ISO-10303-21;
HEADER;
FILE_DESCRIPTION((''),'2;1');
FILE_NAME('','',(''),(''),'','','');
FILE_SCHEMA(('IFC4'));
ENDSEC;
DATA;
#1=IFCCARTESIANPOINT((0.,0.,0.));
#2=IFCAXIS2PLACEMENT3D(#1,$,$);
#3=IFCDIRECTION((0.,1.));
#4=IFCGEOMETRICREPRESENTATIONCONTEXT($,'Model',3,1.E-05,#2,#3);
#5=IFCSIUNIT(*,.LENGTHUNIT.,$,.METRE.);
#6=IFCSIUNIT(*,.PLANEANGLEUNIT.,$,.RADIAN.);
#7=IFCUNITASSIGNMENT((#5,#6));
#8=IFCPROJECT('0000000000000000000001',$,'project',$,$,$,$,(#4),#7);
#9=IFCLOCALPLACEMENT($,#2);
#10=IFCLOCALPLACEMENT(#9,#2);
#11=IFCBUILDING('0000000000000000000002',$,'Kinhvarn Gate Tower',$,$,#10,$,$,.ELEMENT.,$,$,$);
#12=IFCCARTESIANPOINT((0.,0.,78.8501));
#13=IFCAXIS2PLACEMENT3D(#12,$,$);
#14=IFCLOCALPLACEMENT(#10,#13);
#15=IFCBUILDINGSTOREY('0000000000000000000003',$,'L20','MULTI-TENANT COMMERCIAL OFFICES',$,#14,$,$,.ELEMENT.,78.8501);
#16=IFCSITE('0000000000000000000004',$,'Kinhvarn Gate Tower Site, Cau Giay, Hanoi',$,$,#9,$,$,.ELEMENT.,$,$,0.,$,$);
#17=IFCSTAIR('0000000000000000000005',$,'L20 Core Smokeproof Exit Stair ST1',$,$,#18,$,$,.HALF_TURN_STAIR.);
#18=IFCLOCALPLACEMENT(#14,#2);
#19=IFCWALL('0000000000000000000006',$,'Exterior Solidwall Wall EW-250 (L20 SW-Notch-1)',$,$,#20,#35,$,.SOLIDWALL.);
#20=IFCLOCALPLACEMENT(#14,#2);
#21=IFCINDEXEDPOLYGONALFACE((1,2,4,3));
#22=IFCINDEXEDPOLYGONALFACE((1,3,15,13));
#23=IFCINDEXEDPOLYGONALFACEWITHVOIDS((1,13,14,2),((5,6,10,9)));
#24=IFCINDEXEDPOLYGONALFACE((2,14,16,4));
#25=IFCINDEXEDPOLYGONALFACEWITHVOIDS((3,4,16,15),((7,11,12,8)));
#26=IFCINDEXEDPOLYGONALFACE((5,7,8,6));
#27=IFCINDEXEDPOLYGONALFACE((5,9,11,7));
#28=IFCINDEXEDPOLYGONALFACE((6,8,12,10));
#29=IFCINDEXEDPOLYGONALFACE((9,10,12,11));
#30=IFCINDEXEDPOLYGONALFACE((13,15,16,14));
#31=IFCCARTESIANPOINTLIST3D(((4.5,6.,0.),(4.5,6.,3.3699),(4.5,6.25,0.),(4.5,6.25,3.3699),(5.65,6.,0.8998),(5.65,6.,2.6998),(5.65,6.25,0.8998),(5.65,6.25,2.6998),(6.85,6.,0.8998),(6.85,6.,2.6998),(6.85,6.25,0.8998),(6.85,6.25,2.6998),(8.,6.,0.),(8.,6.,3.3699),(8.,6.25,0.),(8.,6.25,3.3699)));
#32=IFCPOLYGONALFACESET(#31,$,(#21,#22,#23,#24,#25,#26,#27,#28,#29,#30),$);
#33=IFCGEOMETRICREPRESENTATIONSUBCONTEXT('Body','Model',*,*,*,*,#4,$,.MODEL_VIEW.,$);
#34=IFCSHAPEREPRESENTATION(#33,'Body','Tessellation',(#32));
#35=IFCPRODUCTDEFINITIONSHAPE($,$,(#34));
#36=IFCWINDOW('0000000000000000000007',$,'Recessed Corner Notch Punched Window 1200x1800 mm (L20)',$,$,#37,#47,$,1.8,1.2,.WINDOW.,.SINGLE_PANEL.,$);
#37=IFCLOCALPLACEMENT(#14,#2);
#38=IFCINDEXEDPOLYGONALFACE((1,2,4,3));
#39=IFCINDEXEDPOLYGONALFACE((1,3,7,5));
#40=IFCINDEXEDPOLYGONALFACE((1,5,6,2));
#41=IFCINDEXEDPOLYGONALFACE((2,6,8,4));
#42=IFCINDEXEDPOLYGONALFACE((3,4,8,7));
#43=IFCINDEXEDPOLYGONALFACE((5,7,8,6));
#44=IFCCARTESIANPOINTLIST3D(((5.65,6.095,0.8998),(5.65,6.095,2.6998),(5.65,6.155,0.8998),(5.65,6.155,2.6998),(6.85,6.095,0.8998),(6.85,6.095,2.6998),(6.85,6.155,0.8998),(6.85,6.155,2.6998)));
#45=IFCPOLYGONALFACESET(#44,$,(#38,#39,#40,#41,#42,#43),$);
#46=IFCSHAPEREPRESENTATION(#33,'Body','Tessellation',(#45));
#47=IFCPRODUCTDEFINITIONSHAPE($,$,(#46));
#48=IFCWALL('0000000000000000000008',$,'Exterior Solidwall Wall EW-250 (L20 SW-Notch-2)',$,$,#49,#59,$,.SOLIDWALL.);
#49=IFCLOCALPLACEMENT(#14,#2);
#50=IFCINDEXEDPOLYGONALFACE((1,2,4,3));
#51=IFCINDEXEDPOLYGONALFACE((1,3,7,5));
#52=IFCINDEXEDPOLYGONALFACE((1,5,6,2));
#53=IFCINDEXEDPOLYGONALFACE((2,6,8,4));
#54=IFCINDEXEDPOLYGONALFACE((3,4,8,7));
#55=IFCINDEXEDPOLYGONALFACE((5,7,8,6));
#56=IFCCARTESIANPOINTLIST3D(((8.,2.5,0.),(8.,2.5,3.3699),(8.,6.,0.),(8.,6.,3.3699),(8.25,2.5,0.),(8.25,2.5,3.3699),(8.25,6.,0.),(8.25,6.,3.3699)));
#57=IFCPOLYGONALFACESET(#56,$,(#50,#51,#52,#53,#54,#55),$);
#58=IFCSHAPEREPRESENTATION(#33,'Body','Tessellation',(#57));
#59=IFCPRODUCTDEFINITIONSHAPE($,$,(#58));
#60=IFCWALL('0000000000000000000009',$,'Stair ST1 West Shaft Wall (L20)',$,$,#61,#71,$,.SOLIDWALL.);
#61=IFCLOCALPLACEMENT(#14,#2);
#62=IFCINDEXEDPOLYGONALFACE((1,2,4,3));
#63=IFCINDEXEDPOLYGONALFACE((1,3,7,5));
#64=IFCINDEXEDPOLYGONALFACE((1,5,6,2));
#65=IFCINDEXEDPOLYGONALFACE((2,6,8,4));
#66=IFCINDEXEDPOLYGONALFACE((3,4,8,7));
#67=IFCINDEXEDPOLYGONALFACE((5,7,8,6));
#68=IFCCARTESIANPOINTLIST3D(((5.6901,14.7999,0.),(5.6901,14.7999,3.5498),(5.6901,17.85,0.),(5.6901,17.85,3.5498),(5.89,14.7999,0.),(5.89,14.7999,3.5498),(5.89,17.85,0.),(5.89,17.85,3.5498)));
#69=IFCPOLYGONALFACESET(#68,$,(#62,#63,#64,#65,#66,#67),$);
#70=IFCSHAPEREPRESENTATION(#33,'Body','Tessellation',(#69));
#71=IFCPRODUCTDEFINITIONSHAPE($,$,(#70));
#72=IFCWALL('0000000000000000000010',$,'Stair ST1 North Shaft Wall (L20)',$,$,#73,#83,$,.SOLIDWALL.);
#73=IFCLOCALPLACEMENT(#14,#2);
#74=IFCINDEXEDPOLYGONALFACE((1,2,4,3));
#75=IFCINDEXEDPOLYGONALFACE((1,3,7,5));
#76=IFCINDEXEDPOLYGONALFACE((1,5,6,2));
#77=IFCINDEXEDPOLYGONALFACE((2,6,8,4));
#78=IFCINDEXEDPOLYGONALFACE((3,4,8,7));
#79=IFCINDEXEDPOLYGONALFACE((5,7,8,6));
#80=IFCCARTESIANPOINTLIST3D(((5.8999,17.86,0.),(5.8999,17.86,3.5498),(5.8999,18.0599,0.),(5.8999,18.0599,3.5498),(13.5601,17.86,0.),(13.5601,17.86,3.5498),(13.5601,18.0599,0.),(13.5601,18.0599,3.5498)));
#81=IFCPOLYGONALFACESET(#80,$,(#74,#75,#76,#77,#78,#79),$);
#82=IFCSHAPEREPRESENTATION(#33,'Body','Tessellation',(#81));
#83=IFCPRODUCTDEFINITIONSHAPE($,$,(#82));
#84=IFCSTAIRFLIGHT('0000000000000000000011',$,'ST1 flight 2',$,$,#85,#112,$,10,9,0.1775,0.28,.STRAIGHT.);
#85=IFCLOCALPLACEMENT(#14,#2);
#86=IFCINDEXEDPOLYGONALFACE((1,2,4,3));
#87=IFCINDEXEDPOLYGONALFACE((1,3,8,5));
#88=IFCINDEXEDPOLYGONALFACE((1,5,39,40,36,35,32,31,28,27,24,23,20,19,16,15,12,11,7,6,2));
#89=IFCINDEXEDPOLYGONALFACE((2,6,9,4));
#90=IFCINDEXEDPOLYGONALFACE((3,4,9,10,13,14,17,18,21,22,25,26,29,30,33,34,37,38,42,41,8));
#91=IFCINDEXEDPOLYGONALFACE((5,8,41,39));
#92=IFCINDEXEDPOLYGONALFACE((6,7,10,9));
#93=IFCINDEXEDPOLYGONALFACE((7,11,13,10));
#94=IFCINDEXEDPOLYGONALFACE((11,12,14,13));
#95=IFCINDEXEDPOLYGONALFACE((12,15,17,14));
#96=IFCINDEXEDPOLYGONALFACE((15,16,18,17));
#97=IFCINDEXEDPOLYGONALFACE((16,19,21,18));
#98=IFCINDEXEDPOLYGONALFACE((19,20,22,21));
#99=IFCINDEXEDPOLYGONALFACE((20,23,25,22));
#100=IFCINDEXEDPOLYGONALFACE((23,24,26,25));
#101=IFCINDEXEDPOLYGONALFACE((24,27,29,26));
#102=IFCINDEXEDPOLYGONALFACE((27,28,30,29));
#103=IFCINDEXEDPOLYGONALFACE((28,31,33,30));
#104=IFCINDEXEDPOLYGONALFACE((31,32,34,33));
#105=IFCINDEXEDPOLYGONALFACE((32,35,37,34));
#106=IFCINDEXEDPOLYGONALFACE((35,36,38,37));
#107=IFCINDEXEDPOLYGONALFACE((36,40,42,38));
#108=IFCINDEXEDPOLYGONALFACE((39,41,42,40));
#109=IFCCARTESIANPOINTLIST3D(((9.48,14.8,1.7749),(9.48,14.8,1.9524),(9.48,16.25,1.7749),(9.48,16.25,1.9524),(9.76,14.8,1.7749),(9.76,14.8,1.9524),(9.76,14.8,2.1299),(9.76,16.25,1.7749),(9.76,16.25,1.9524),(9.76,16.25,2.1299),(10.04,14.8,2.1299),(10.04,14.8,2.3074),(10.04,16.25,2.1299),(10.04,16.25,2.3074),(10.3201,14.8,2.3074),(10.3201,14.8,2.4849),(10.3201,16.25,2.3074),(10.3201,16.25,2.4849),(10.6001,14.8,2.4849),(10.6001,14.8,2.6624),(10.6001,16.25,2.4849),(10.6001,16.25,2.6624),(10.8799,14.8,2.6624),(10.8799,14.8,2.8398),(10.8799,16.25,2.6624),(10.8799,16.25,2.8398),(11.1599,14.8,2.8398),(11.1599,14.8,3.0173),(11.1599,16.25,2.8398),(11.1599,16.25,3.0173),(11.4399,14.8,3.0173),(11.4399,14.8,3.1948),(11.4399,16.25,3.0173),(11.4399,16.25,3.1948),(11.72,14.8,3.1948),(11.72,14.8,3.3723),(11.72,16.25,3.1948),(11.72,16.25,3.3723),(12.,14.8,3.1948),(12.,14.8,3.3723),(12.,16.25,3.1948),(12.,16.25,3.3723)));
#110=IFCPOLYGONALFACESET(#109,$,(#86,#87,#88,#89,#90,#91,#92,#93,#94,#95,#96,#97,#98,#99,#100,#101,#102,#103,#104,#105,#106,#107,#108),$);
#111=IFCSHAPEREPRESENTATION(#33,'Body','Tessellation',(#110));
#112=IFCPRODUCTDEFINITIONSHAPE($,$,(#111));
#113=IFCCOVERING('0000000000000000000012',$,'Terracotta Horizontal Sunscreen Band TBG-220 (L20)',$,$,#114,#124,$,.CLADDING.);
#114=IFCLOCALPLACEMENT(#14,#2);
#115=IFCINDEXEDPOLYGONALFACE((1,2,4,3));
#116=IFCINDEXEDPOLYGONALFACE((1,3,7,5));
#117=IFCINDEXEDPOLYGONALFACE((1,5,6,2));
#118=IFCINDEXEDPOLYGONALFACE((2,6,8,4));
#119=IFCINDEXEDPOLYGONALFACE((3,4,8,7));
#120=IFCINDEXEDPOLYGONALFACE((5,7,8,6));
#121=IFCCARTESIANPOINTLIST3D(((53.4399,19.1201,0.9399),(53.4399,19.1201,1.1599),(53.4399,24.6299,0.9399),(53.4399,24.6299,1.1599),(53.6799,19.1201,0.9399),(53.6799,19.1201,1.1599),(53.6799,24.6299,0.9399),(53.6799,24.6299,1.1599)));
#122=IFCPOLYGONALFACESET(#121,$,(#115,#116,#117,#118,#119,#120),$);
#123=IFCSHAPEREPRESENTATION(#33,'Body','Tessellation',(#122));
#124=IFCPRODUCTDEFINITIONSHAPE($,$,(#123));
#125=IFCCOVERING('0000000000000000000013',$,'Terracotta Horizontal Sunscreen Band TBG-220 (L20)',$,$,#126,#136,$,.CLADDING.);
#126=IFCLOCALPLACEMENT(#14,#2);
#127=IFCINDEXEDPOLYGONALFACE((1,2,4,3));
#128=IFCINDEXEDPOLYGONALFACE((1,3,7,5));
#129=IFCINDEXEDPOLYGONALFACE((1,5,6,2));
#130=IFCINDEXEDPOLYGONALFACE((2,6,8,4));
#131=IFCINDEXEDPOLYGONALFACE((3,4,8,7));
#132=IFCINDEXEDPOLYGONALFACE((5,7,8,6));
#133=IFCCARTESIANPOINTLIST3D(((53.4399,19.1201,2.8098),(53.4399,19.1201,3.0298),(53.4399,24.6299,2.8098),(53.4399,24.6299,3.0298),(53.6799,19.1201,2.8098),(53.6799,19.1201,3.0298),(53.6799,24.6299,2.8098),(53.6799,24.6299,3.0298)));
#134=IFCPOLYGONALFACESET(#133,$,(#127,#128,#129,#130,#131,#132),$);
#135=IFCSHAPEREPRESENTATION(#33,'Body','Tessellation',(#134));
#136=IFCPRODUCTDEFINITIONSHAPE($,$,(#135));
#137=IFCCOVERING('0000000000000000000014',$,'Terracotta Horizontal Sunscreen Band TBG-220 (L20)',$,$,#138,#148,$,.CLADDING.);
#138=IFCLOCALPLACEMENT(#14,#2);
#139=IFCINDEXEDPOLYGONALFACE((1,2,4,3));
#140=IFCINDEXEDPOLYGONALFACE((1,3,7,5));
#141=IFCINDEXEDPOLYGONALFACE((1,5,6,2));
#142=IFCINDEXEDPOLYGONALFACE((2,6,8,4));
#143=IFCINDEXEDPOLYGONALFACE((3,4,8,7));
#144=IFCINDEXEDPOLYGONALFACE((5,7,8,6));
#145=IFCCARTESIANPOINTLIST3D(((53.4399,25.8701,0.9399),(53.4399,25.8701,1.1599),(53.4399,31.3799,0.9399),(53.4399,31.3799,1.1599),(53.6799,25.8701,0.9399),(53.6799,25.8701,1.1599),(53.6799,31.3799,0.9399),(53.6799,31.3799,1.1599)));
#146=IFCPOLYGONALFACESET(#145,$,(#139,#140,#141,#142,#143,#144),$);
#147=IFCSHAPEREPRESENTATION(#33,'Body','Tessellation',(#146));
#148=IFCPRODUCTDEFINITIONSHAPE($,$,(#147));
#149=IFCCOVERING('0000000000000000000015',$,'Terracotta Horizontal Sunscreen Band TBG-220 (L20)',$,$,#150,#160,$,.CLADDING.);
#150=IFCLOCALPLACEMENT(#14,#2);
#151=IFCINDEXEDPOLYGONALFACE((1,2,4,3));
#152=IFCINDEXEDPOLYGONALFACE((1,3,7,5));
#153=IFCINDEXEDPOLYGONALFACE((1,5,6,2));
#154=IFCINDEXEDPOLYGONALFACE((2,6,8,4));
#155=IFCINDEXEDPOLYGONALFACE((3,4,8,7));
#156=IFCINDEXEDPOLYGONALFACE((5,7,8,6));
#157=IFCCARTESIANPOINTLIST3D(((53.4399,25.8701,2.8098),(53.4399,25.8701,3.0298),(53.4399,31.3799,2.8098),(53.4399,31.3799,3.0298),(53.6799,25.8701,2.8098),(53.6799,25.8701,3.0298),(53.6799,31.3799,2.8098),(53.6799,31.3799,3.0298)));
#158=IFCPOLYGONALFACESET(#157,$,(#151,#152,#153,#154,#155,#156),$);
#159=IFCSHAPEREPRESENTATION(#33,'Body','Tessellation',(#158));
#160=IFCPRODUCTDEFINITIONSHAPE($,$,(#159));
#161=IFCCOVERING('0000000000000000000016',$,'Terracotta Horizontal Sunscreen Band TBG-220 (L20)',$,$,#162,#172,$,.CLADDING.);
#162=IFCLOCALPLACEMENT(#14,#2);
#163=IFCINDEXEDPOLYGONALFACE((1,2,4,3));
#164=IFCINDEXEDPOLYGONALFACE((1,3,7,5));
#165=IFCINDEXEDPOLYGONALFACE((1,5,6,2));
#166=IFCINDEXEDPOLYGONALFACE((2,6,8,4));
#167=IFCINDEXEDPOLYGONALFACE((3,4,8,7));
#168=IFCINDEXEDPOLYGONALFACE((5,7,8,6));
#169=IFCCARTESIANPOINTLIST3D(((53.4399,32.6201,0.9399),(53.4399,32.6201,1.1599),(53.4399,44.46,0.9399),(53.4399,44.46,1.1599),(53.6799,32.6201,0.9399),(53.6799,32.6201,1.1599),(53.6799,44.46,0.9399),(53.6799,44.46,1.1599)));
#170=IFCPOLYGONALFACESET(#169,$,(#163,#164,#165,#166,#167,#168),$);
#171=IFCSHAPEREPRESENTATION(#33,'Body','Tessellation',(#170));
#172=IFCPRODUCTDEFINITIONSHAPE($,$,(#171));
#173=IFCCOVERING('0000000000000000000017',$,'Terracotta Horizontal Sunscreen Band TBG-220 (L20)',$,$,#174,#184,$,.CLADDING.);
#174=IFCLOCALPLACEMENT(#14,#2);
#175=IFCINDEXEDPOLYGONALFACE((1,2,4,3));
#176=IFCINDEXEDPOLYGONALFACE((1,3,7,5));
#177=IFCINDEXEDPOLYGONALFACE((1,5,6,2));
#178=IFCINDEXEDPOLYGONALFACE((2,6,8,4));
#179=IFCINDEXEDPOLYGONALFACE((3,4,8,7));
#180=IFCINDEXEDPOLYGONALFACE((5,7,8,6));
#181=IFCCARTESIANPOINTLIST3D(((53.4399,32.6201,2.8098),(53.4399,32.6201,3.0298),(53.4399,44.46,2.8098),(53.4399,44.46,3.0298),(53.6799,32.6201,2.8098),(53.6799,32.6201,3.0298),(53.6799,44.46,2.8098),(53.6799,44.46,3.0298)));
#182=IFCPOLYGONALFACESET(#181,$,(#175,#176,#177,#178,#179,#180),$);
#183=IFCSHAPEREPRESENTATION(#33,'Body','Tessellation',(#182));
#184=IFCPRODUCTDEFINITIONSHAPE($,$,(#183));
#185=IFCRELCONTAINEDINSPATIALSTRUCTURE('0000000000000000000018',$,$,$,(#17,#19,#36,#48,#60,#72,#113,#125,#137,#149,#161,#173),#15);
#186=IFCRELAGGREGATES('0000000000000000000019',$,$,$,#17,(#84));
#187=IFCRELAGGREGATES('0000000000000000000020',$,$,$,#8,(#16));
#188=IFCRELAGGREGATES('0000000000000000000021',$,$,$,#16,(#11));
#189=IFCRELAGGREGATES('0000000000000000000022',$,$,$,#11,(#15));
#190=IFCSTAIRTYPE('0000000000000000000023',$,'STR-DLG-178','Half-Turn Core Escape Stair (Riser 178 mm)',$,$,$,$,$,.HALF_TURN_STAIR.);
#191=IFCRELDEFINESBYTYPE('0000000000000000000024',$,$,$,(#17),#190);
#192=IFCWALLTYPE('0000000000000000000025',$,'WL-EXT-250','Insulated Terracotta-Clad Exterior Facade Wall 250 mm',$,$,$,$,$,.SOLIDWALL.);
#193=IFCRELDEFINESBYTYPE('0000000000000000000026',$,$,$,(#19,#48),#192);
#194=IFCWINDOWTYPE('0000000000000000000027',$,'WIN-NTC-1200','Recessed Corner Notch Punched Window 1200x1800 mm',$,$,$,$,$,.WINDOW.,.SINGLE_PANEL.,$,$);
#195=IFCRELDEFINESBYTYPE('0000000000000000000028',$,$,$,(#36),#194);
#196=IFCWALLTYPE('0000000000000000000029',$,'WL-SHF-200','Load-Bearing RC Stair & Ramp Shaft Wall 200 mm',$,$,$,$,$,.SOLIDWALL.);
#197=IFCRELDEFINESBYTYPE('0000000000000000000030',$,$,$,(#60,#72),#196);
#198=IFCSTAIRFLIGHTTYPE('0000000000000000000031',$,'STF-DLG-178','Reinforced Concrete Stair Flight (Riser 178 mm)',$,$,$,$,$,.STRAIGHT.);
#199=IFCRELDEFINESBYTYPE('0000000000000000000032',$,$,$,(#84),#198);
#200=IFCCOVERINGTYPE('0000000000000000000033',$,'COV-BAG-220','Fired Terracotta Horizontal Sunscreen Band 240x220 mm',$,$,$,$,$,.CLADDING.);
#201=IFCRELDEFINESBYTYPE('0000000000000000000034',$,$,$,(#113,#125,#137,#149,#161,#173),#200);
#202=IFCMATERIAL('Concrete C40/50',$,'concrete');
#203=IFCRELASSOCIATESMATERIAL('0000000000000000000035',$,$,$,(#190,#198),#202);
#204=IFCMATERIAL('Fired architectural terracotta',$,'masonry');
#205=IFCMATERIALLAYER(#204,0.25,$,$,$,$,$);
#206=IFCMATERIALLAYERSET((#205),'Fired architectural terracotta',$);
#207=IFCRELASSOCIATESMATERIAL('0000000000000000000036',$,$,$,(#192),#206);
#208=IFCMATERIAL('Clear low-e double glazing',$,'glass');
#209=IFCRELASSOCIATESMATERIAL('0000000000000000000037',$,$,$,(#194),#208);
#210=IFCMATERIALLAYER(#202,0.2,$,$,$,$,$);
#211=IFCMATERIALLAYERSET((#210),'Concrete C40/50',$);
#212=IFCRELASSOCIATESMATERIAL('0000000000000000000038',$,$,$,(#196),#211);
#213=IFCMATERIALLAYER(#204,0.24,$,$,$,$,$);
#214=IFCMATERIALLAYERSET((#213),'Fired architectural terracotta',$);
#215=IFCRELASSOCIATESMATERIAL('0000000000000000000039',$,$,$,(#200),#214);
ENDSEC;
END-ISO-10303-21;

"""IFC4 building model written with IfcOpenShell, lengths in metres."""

from ifc_helpers import new_model, si_unit, direction, frame, frame_2d, origin, place, context, subcontext, project, spatial, polyline, rectangle, outline, extrude, material, layer, layer_set, type_object, element, fill, aggregate, save


model = new_model("IFC4")

# Units and contexts
model_context = context("Model", 3, precision=1e-05, world=origin(), true_north=direction((0.0, 1.0)))
body_context = subcontext(model_context, "Body", "Model", "MODEL_VIEW")
ifc_project = project(units=[si_unit("LENGTHUNIT", "METRE"), si_unit("PLANEANGLEUNIT", "RADIAN")], contexts=[model_context])

# Site, building, storey
site_placement = place(None, origin())
site = spatial("IfcSite", under=ifc_project, at=site_placement, Name="Kinhvarn Gate Tower Site, Cau Giay, Hanoi", CompositionType="ELEMENT", RefElevation=0.0)
building_placement = place(site_placement, origin())
building = spatial("IfcBuilding", under=site, at=building_placement, Name="Kinhvarn Gate Tower", CompositionType="ELEMENT")
storey_placement = place(building_placement, frame((0.0, 0.0, 78.8501)))
storey = spatial("IfcBuildingStorey", under=building, at=storey_placement, Name="L20", Description="MULTI-TENANT COMMERCIAL OFFICES", CompositionType="ELEMENT", Elevation=78.8501)

# Shared definitions
ifc_material_1 = material(Name="Clear low-e double glazing", Category="glass")

# Stair
ifc_material_2 = material(Name="Concrete C40/50", Category="concrete")
stair_type = type_object("IfcStairType", Name="STR-DLG-178", Description="Half-Turn Core Escape Stair (Riser 178 mm)", PredefinedType="HALF_TURN_STAIR", material=ifc_material_2)
stair_1_placement = place(storey_placement, origin())
stair_1 = element("IfcStair", 1, at=stair_1_placement, inside=storey, type_object=stair_type, Name="L20 Core Smokeproof Exit Stair ST1", PredefinedType="HALF_TURN_STAIR")

# Wall, opening, window
ifc_material_3 = material(Name="Fired architectural terracotta", Category="masonry")
ifc_layer_1 = layer(ifc_material_3, 0.25)
ifc_layer_set_1 = layer_set([ifc_layer_1], Name="Fired architectural terracotta")
wall_type_1 = type_object("IfcWallType", Name="WL-EXT-250", Description="Insulated Terracotta-Clad Exterior Facade Wall 250 mm", PredefinedType="SOLIDWALL", material=ifc_layer_set_1)
wall_1_placement = place(storey_placement, frame((4.5, 6.125, 0.0), z_axis=(0.0, 0.0, 1.0), x_axis=(1.0, 0.0, 0.0)))
wall_1 = element("IfcWall", 2, at=wall_1_placement, inside=storey, type_object=wall_type_1, Name="Exterior Solidwall Wall EW-250 (L20 SW-Notch-1)", PredefinedType="SOLIDWALL", context=body_context, shape_type="SweptSolid", body=[
    extrude(rectangle(XDim=3.5, YDim=0.25, at=frame_2d((1.75, 0.0))), origin(), (0.0, 0.0, 1.0), 3.3699),
])
opening_1_placement = place(wall_1_placement, frame((1.1499, 0.0, 0.8999)))
opening_1 = element("IfcOpeningElement", 3, at=opening_1_placement, cuts=wall_1, PredefinedType="OPENING", context=body_context, shape_type="SweptSolid", body=[
    extrude(rectangle(XDim=1.2, YDim=1.8, at=frame_2d((0.6001, 0.8999))), frame((0.0, 0.135, 0.0), z_axis=(0.0, -1.0, 0.0), x_axis=(1.0, 0.0, 0.0)), (0.0, 0.0, 1.0), 0.27),
])
window_type_1 = type_object("IfcWindowType", Name="WIN-NTC-1200", Description="Recessed Corner Notch Punched Window 1200x1800 mm", PartitioningType="SINGLE_PANEL", PredefinedType="WINDOW", material=ifc_material_1)
window_1_placement = place(opening_1_placement, origin())
window_1 = element("IfcWindow", 4, at=window_1_placement, inside=storey, type_object=window_type_1, Name="Recessed Corner Notch Punched Window 1200x1800 mm (L20)", OverallHeight=1.8, OverallWidth=1.2, PartitioningType="SINGLE_PANEL", PredefinedType="WINDOW", context=body_context, shape_type="SweptSolid", body=[
    extrude(rectangle(XDim=1.2, YDim=1.8, at=frame_2d((0.6001, 0.8999))), frame((0.0, 0.03, 0.0), z_axis=(0.0, -1.0, 0.0), x_axis=(1.0, 0.0, 0.0)), (0.0, 0.0, 1.0), 0.0601),
])
fill(opening_1, window_1)

# Walls
wall_2_placement = place(storey_placement, frame((8.125, 6.0, 0.0), z_axis=(0.0, 0.0, 1.0), x_axis=(0.0, -1.0, 0.0)))
element("IfcWall", 5, at=wall_2_placement, inside=storey, type_object=wall_type_1, Name="Exterior Solidwall Wall EW-250 (L20 SW-Notch-2)", PredefinedType="SOLIDWALL", context=body_context, shape_type="SweptSolid", body=[
    extrude(rectangle(XDim=3.5, YDim=0.25, at=frame_2d((1.75, 0.0))), origin(), (0.0, 0.0, 1.0), 3.3699),
])
ifc_layer_2 = layer(ifc_material_2, 0.2)
ifc_layer_set_2 = layer_set([ifc_layer_2], Name="Concrete C40/50")
wall_type_2 = type_object("IfcWallType", Name="WL-SHF-200", Description="Load-Bearing RC Stair & Ramp Shaft Wall 200 mm", PredefinedType="SOLIDWALL", material=ifc_layer_set_2)
wall_3_placement = place(storey_placement, frame((5.79, 14.8, 0.0), z_axis=(0.0, 0.0, 1.0), x_axis=(0.0, 1.0, 0.0)))
element("IfcWall", 6, at=wall_3_placement, inside=storey, type_object=wall_type_2, Name="Stair ST1 West Shaft Wall (L20)", PredefinedType="SOLIDWALL", context=body_context, shape_type="SweptSolid", body=[
    extrude(rectangle(XDim=3.05, YDim=0.2, at=frame_2d((1.5249, 0.0))), origin(), (0.0, 0.0, 1.0), 3.5498),
])
wall_4_placement = place(storey_placement, frame((5.8999, 17.96, 0.0), z_axis=(0.0, 0.0, 1.0), x_axis=(1.0, 0.0, 0.0)))
element("IfcWall", 7, at=wall_4_placement, inside=storey, type_object=wall_type_2, Name="Stair ST1 North Shaft Wall (L20)", PredefinedType="SOLIDWALL", context=body_context, shape_type="SweptSolid", body=[
    extrude(rectangle(XDim=7.6602, YDim=0.2, at=frame_2d((3.8301, 0.0))), origin(), (0.0, 0.0, 1.0), 3.5498),
])

# Stair flight
stair_flight_type = type_object("IfcStairFlightType", Name="STF-DLG-178", Description="Reinforced Concrete Stair Flight (Riser 178 mm)", PredefinedType="STRAIGHT", material=ifc_material_2)
stair_flight_placement = place(storey_placement, frame((9.48, 15.5249, 1.7749), z_axis=(0.0, 0.0, 1.0), x_axis=(1.0, 0.0, 0.0)))
stair_flight = element("IfcStairFlight", 8, at=stair_flight_placement, type_object=stair_flight_type, Name="ST1 flight 2", NumberOfRisers=10, NumberOfTreads=9, PredefinedType="STRAIGHT", RiserHeight=0.1775, TreadLength=0.28, context=body_context, shape_type="SweptSolid", body=[
    extrude(outline(polyline([(0.0, 0.0), (0.0, 0.1775), (0.28, 0.1775), (0.28, 0.355), (0.5601, 0.355), (0.5601, 0.5325), (0.8401, 0.5325), (0.8401, 0.71), (1.1201, 0.71), (1.1201, 0.8875), (1.3999, 0.8875), (1.3999, 1.0649), (1.6799, 1.0649), (1.6799, 1.2424), (1.96, 1.2424), (1.96, 1.4199), (2.24, 1.4199), (2.24, 1.5974), (2.52, 1.5974), (2.52, 1.7749), (2.52, 1.4199), (0.28, 0.0), (0.0, 0.0)])), frame((0.0, 0.7251, 0.0), z_axis=(0.0, -1.0, 0.0), x_axis=(1.0, 0.0, 0.0)), (0.0, 0.0, 1.0), 1.45),
])
aggregate(stair_1, [stair_flight])

# Coverings
ifc_layer_3 = layer(ifc_material_3, 0.24)
ifc_layer_set_3 = layer_set([ifc_layer_3], Name="Fired architectural terracotta")
covering_type_1 = type_object("IfcCoveringType", Name="COV-BAG-220", Description="Fired Terracotta Horizontal Sunscreen Band 240x220 mm", PredefinedType="CLADDING", material=ifc_layer_set_3)
for number, where, name in (
    (9, (0.0, 0.0, 0.9399), "Terracotta Horizontal Sunscreen Band TBG-220 (L20)"),
    (10, (0.0, 0.0, 2.8098), "Terracotta Horizontal Sunscreen Band TBG-220 (L20)"),
):
    element("IfcCovering", number, at=place(storey_placement, frame(where)), inside=storey, type_object=covering_type_1, Name=name, PredefinedType="CLADDING", context=body_context, shape_type="SweptSolid", body=[
        extrude(outline(polyline([(53.4399, 19.1201), (53.4399, 24.6299), (53.6799, 24.6299), (53.6799, 19.1201), (53.4399, 19.1201)])), origin(), (0.0, 0.0, 1.0), 0.22),
    ])
for number, where, name in (
    (11, (0.0, 0.0, 0.9399), "Terracotta Horizontal Sunscreen Band TBG-220 (L20)"),
    (12, (0.0, 0.0, 2.8098), "Terracotta Horizontal Sunscreen Band TBG-220 (L20)"),
):
    element("IfcCovering", number, at=place(storey_placement, frame(where)), inside=storey, type_object=covering_type_1, Name=name, PredefinedType="CLADDING", context=body_context, shape_type="SweptSolid", body=[
        extrude(outline(polyline([(53.4399, 25.8701), (53.4399, 31.3799), (53.6799, 31.3799), (53.6799, 25.8701), (53.4399, 25.8701)])), origin(), (0.0, 0.0, 1.0), 0.22),
    ])
for number, where, name in (
    (13, (0.0, 0.0, 0.9399), "Terracotta Horizontal Sunscreen Band TBG-220 (L20)"),
    (14, (0.0, 0.0, 2.8098), "Terracotta Horizontal Sunscreen Band TBG-220 (L20)"),
):
    element("IfcCovering", number, at=place(storey_placement, frame(where)), inside=storey, type_object=covering_type_1, Name=name, PredefinedType="CLADDING", context=body_context, shape_type="SweptSolid", body=[
        extrude(outline(polyline([(53.4399, 32.6201), (53.4399, 44.46), (53.6799, 44.46), (53.6799, 32.6201), (53.4399, 32.6201)])), origin(), (0.0, 0.0, 1.0), 0.22),
    ])

save(model, "model.ifc")
